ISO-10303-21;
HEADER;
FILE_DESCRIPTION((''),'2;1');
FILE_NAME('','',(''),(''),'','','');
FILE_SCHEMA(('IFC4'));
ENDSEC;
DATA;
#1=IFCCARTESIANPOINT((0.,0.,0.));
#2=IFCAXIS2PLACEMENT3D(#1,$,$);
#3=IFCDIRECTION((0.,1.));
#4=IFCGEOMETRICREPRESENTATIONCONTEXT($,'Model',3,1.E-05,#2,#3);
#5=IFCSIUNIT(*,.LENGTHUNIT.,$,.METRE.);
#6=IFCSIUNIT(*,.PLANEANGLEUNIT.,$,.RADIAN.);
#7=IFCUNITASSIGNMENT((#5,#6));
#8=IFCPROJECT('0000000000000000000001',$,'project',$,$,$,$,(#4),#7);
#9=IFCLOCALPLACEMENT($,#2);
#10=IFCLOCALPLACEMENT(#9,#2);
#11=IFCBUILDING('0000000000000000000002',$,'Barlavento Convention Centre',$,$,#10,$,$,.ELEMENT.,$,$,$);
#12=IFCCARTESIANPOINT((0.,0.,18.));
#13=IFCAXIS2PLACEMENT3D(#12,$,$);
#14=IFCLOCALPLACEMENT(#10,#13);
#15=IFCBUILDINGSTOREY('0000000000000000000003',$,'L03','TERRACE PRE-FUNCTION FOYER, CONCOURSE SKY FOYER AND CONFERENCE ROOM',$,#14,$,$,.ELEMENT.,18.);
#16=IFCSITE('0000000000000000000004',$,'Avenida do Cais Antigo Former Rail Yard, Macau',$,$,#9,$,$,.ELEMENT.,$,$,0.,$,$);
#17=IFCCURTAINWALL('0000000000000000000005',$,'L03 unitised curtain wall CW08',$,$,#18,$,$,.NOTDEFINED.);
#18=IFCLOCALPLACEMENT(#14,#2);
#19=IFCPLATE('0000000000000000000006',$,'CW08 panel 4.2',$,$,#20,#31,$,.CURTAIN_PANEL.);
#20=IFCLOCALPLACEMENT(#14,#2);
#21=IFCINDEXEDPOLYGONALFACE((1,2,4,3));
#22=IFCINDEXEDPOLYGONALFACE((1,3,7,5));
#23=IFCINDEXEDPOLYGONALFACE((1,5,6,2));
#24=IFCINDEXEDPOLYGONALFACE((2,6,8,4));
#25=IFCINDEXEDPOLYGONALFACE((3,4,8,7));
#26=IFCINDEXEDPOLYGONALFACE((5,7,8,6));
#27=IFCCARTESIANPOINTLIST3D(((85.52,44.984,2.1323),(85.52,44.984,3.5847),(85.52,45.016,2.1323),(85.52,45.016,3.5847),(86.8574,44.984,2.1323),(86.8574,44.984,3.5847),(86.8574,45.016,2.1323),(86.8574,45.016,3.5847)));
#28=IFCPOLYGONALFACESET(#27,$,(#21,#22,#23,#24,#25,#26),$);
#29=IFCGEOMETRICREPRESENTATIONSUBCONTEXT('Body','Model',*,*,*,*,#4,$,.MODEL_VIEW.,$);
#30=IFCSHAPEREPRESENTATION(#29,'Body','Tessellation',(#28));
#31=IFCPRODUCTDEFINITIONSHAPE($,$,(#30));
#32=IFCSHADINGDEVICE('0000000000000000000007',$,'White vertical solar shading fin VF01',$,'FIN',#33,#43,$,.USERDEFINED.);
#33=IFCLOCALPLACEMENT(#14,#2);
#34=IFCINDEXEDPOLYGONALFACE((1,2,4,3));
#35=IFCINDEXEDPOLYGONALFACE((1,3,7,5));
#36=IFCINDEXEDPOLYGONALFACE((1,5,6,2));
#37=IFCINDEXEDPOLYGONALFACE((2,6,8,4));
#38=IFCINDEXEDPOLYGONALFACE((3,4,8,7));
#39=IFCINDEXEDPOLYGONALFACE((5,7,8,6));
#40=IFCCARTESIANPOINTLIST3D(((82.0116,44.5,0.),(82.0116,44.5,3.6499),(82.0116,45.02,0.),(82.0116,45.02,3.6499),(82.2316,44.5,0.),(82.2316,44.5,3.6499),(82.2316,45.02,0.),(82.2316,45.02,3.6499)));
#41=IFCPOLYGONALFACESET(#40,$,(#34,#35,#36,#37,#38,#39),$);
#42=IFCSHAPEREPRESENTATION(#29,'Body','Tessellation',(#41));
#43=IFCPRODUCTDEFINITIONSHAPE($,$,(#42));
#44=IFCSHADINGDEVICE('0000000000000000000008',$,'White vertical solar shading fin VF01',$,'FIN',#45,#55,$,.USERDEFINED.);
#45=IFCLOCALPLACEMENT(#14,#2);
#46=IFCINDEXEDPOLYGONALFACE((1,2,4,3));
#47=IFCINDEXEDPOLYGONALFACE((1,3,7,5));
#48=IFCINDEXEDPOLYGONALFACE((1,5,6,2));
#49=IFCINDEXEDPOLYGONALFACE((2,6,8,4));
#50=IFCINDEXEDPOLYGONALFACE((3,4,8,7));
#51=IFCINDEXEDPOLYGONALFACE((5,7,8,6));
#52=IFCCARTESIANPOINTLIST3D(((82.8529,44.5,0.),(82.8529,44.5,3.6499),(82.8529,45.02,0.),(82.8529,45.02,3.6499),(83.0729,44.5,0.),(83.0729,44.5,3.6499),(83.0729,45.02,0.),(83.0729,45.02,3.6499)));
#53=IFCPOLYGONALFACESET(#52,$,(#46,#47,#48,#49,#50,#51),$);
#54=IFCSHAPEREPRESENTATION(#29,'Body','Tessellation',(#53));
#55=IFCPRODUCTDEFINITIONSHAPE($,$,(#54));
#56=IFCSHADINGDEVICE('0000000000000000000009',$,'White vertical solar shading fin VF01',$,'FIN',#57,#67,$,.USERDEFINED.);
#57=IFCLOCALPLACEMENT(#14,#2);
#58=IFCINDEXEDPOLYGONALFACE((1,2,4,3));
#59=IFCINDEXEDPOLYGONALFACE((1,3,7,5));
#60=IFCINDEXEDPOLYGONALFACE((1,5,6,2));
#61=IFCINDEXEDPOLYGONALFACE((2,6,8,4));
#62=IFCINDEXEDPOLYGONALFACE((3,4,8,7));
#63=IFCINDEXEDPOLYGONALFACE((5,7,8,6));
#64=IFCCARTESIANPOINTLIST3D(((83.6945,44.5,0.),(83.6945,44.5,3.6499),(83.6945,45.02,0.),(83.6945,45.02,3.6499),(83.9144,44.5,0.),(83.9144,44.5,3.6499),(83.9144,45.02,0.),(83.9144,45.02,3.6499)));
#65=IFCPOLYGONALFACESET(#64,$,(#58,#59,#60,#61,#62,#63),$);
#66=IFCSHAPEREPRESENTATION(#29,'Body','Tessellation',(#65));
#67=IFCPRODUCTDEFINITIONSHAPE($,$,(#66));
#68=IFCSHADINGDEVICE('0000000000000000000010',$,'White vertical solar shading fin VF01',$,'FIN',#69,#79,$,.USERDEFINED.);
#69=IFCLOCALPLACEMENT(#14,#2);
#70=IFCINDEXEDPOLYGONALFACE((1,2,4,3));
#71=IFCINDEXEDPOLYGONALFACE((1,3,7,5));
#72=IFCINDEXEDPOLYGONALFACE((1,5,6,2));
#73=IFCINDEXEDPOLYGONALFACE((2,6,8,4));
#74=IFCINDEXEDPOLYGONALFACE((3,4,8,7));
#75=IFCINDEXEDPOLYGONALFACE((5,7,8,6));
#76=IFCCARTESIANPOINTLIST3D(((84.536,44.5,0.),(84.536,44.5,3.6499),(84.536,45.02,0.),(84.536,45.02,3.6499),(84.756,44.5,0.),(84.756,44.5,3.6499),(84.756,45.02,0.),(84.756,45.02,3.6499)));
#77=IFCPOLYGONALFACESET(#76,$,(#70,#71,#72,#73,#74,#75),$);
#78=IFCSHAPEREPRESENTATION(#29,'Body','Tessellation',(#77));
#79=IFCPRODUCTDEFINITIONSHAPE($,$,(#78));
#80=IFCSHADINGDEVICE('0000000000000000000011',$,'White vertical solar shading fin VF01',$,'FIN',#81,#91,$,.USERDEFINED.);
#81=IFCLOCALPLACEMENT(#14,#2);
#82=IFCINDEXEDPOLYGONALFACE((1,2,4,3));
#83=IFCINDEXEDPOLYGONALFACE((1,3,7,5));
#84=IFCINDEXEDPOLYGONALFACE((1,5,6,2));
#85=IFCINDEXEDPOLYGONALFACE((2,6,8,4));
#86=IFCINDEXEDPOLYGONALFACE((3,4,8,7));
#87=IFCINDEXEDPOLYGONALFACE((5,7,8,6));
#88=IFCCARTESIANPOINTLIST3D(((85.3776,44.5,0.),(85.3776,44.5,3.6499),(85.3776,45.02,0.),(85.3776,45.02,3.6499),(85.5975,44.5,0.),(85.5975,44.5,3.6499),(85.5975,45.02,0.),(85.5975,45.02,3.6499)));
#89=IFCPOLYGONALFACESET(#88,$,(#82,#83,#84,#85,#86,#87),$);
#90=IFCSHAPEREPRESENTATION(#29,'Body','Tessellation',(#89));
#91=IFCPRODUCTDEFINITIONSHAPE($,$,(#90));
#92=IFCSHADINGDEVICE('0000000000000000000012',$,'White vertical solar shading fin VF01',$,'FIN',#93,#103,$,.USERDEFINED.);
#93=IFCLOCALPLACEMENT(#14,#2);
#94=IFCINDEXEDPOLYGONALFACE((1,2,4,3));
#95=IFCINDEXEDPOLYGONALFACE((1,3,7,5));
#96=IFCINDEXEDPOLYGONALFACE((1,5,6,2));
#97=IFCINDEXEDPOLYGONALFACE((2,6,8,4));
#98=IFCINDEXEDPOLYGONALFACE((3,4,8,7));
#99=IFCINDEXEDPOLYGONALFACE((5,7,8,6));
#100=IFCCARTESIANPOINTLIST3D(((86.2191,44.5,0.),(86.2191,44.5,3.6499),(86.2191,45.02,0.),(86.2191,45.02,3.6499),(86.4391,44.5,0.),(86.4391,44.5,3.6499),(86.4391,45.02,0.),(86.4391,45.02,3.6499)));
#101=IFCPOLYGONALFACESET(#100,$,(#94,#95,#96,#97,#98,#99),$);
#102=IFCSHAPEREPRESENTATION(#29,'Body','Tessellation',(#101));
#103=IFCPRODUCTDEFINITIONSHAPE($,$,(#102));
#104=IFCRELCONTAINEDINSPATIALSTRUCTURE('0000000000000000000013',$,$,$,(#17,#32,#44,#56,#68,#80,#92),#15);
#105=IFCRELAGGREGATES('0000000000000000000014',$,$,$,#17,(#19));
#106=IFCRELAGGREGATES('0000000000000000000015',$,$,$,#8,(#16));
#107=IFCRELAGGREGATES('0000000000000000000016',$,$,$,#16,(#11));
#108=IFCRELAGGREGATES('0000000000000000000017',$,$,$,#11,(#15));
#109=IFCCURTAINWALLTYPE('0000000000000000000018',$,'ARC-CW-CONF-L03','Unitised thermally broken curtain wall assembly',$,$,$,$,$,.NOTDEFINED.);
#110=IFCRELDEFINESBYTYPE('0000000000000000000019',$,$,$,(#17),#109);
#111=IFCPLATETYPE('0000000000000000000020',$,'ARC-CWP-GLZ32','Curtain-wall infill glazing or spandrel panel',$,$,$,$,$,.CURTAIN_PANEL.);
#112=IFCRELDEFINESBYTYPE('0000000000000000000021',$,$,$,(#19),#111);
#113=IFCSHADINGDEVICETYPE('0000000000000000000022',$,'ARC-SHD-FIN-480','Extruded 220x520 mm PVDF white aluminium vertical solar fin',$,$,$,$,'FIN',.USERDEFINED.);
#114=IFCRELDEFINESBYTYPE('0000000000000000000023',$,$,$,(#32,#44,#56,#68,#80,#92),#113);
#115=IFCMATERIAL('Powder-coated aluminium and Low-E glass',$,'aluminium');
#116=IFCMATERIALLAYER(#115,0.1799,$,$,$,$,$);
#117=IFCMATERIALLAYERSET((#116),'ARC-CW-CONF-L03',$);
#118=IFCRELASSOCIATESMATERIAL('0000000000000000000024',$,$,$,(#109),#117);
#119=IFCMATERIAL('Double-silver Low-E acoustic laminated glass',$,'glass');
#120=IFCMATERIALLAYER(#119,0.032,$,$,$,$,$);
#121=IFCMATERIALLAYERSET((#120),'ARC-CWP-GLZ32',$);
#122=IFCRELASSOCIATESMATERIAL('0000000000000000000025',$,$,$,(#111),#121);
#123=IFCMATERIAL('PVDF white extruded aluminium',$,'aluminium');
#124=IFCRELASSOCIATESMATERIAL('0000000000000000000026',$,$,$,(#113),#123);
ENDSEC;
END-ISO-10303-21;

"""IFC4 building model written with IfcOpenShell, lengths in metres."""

from ifc_helpers import new_model, si_unit, direction, frame, origin, origin_2d, place, context, subcontext, project, spatial, rectangle, extrude, material, layer, layer_set, type_object, element, aggregate, save


model = new_model("IFC4")

# Units and contexts
model_context = context("Model", 3, precision=1e-05, world=origin(), true_north=direction((0.0, 1.0)))
body_context = subcontext(model_context, "Body", "Model", "MODEL_VIEW")
ifc_project = project(units=[si_unit("LENGTHUNIT", "METRE"), si_unit("PLANEANGLEUNIT", "RADIAN")], contexts=[model_context])

# Site, building, storey
site_placement = place(None, origin())
site = spatial("IfcSite", under=ifc_project, at=site_placement, Name="Avenida do Cais Antigo Former Rail Yard, Macau", CompositionType="ELEMENT", RefElevation=0.0)
building_placement = place(site_placement, origin())
building = spatial("IfcBuilding", under=site, at=building_placement, Name="Barlavento Convention Centre", CompositionType="ELEMENT")
storey_placement = place(building_placement, frame((0.0, 0.0, 18.0)))
storey = spatial("IfcBuildingStorey", under=building, at=storey_placement, Name="L03", Description="TERRACE PRE-FUNCTION FOYER, CONCOURSE SKY FOYER AND CONFERENCE ROOM", CompositionType="ELEMENT", Elevation=18.0)

# Curtain wall, plate
ifc_material_1 = material(Name="Powder-coated aluminium and Low-E glass", Category="aluminium")
ifc_layer_1 = layer(ifc_material_1, 0.1799)
ifc_layer_set_1 = layer_set([ifc_layer_1], Name="ARC-CW-CONF-L03")
curtain_wall_type = type_object("IfcCurtainWallType", Name="ARC-CW-CONF-L03", Description="Unitised thermally broken curtain wall assembly", PredefinedType="NOTDEFINED", material=ifc_layer_set_1)
curtain_wall_placement = place(storey_placement, origin())
curtain_wall = element("IfcCurtainWall", 1, at=curtain_wall_placement, inside=storey, type_object=curtain_wall_type, Name="L03 unitised curtain wall CW08", PredefinedType="NOTDEFINED")
ifc_material_2 = material(Name="Double-silver Low-E acoustic laminated glass", Category="glass")
ifc_layer_2 = layer(ifc_material_2, 0.032)
ifc_layer_set_2 = layer_set([ifc_layer_2], Name="ARC-CWP-GLZ32")
plate_type = type_object("IfcPlateType", Name="ARC-CWP-GLZ32", Description="Curtain-wall infill glazing or spandrel panel", PredefinedType="CURTAIN_PANEL", material=ifc_layer_set_2)
plate_1_placement = place(storey_placement, frame((86.1887, 45.0, 2.1323), z_axis=(0.0, 0.0, 1.0), x_axis=(1.0, 0.0, 0.0)))
plate_1 = element("IfcPlate", 2, at=plate_1_placement, type_object=plate_type, Name="CW08 panel 4.2", PredefinedType="CURTAIN_PANEL", context=body_context, shape_type="SweptSolid", body=[
    extrude(rectangle(XDim=1.3374, YDim=0.032, at=origin_2d()), origin(), (0.0, 0.0, 1.0), 1.4524),
])
aggregate(curtain_wall, [plate_1])

# Shading devices
ifc_material_3 = material(Name="PVDF white extruded aluminium", Category="aluminium")
shading_device_type = type_object("IfcShadingDeviceType", Name="ARC-SHD-FIN-480", Description="Extruded 220x520 mm PVDF white aluminium vertical solar fin", ElementType="FIN", PredefinedType="USERDEFINED", material=ifc_material_3)
for number, where, z_axis, x_axis, name in (
    (3, (82.1216, 44.76, 0.0), (0.0, 0.0, 1.0), (1.0, 0.0, 0.0), "White vertical solar shading fin VF01"),
    (4, (82.9629, 44.76, 0.0), (0.0, 0.0, 1.0), (1.0, 0.0, 0.0), "White vertical solar shading fin VF01"),
    (5, (83.8044, 44.76, 0.0), (0.0, 0.0, 1.0), (1.0, 0.0, 0.0), "White vertical solar shading fin VF01"),
    (6, (84.646, 44.76, 0.0), (0.0, 0.0, 1.0), (1.0, 0.0, 0.0), "White vertical solar shading fin VF01"),
    (7, (85.4875, 44.76, 0.0), (0.0, 0.0, 1.0), (1.0, 0.0, 0.0), "White vertical solar shading fin VF01"),
    (8, (86.3291, 44.76, 0.0), (0.0, 0.0, 1.0), (1.0, 0.0, 0.0), "White vertical solar shading fin VF01"),
):
    element("IfcShadingDevice", number, at=place(storey_placement, frame(where, z_axis=z_axis, x_axis=x_axis)), inside=storey, type_object=shading_device_type, Name=name, ObjectType="FIN", PredefinedType="USERDEFINED", context=body_context, shape_type="SweptSolid", body=[
        extrude(rectangle(XDim=0.22, YDim=0.52, at=origin_2d()), origin(), (0.0, 0.0, 1.0), 3.6499),
    ])

save(model, "model.ifc")
